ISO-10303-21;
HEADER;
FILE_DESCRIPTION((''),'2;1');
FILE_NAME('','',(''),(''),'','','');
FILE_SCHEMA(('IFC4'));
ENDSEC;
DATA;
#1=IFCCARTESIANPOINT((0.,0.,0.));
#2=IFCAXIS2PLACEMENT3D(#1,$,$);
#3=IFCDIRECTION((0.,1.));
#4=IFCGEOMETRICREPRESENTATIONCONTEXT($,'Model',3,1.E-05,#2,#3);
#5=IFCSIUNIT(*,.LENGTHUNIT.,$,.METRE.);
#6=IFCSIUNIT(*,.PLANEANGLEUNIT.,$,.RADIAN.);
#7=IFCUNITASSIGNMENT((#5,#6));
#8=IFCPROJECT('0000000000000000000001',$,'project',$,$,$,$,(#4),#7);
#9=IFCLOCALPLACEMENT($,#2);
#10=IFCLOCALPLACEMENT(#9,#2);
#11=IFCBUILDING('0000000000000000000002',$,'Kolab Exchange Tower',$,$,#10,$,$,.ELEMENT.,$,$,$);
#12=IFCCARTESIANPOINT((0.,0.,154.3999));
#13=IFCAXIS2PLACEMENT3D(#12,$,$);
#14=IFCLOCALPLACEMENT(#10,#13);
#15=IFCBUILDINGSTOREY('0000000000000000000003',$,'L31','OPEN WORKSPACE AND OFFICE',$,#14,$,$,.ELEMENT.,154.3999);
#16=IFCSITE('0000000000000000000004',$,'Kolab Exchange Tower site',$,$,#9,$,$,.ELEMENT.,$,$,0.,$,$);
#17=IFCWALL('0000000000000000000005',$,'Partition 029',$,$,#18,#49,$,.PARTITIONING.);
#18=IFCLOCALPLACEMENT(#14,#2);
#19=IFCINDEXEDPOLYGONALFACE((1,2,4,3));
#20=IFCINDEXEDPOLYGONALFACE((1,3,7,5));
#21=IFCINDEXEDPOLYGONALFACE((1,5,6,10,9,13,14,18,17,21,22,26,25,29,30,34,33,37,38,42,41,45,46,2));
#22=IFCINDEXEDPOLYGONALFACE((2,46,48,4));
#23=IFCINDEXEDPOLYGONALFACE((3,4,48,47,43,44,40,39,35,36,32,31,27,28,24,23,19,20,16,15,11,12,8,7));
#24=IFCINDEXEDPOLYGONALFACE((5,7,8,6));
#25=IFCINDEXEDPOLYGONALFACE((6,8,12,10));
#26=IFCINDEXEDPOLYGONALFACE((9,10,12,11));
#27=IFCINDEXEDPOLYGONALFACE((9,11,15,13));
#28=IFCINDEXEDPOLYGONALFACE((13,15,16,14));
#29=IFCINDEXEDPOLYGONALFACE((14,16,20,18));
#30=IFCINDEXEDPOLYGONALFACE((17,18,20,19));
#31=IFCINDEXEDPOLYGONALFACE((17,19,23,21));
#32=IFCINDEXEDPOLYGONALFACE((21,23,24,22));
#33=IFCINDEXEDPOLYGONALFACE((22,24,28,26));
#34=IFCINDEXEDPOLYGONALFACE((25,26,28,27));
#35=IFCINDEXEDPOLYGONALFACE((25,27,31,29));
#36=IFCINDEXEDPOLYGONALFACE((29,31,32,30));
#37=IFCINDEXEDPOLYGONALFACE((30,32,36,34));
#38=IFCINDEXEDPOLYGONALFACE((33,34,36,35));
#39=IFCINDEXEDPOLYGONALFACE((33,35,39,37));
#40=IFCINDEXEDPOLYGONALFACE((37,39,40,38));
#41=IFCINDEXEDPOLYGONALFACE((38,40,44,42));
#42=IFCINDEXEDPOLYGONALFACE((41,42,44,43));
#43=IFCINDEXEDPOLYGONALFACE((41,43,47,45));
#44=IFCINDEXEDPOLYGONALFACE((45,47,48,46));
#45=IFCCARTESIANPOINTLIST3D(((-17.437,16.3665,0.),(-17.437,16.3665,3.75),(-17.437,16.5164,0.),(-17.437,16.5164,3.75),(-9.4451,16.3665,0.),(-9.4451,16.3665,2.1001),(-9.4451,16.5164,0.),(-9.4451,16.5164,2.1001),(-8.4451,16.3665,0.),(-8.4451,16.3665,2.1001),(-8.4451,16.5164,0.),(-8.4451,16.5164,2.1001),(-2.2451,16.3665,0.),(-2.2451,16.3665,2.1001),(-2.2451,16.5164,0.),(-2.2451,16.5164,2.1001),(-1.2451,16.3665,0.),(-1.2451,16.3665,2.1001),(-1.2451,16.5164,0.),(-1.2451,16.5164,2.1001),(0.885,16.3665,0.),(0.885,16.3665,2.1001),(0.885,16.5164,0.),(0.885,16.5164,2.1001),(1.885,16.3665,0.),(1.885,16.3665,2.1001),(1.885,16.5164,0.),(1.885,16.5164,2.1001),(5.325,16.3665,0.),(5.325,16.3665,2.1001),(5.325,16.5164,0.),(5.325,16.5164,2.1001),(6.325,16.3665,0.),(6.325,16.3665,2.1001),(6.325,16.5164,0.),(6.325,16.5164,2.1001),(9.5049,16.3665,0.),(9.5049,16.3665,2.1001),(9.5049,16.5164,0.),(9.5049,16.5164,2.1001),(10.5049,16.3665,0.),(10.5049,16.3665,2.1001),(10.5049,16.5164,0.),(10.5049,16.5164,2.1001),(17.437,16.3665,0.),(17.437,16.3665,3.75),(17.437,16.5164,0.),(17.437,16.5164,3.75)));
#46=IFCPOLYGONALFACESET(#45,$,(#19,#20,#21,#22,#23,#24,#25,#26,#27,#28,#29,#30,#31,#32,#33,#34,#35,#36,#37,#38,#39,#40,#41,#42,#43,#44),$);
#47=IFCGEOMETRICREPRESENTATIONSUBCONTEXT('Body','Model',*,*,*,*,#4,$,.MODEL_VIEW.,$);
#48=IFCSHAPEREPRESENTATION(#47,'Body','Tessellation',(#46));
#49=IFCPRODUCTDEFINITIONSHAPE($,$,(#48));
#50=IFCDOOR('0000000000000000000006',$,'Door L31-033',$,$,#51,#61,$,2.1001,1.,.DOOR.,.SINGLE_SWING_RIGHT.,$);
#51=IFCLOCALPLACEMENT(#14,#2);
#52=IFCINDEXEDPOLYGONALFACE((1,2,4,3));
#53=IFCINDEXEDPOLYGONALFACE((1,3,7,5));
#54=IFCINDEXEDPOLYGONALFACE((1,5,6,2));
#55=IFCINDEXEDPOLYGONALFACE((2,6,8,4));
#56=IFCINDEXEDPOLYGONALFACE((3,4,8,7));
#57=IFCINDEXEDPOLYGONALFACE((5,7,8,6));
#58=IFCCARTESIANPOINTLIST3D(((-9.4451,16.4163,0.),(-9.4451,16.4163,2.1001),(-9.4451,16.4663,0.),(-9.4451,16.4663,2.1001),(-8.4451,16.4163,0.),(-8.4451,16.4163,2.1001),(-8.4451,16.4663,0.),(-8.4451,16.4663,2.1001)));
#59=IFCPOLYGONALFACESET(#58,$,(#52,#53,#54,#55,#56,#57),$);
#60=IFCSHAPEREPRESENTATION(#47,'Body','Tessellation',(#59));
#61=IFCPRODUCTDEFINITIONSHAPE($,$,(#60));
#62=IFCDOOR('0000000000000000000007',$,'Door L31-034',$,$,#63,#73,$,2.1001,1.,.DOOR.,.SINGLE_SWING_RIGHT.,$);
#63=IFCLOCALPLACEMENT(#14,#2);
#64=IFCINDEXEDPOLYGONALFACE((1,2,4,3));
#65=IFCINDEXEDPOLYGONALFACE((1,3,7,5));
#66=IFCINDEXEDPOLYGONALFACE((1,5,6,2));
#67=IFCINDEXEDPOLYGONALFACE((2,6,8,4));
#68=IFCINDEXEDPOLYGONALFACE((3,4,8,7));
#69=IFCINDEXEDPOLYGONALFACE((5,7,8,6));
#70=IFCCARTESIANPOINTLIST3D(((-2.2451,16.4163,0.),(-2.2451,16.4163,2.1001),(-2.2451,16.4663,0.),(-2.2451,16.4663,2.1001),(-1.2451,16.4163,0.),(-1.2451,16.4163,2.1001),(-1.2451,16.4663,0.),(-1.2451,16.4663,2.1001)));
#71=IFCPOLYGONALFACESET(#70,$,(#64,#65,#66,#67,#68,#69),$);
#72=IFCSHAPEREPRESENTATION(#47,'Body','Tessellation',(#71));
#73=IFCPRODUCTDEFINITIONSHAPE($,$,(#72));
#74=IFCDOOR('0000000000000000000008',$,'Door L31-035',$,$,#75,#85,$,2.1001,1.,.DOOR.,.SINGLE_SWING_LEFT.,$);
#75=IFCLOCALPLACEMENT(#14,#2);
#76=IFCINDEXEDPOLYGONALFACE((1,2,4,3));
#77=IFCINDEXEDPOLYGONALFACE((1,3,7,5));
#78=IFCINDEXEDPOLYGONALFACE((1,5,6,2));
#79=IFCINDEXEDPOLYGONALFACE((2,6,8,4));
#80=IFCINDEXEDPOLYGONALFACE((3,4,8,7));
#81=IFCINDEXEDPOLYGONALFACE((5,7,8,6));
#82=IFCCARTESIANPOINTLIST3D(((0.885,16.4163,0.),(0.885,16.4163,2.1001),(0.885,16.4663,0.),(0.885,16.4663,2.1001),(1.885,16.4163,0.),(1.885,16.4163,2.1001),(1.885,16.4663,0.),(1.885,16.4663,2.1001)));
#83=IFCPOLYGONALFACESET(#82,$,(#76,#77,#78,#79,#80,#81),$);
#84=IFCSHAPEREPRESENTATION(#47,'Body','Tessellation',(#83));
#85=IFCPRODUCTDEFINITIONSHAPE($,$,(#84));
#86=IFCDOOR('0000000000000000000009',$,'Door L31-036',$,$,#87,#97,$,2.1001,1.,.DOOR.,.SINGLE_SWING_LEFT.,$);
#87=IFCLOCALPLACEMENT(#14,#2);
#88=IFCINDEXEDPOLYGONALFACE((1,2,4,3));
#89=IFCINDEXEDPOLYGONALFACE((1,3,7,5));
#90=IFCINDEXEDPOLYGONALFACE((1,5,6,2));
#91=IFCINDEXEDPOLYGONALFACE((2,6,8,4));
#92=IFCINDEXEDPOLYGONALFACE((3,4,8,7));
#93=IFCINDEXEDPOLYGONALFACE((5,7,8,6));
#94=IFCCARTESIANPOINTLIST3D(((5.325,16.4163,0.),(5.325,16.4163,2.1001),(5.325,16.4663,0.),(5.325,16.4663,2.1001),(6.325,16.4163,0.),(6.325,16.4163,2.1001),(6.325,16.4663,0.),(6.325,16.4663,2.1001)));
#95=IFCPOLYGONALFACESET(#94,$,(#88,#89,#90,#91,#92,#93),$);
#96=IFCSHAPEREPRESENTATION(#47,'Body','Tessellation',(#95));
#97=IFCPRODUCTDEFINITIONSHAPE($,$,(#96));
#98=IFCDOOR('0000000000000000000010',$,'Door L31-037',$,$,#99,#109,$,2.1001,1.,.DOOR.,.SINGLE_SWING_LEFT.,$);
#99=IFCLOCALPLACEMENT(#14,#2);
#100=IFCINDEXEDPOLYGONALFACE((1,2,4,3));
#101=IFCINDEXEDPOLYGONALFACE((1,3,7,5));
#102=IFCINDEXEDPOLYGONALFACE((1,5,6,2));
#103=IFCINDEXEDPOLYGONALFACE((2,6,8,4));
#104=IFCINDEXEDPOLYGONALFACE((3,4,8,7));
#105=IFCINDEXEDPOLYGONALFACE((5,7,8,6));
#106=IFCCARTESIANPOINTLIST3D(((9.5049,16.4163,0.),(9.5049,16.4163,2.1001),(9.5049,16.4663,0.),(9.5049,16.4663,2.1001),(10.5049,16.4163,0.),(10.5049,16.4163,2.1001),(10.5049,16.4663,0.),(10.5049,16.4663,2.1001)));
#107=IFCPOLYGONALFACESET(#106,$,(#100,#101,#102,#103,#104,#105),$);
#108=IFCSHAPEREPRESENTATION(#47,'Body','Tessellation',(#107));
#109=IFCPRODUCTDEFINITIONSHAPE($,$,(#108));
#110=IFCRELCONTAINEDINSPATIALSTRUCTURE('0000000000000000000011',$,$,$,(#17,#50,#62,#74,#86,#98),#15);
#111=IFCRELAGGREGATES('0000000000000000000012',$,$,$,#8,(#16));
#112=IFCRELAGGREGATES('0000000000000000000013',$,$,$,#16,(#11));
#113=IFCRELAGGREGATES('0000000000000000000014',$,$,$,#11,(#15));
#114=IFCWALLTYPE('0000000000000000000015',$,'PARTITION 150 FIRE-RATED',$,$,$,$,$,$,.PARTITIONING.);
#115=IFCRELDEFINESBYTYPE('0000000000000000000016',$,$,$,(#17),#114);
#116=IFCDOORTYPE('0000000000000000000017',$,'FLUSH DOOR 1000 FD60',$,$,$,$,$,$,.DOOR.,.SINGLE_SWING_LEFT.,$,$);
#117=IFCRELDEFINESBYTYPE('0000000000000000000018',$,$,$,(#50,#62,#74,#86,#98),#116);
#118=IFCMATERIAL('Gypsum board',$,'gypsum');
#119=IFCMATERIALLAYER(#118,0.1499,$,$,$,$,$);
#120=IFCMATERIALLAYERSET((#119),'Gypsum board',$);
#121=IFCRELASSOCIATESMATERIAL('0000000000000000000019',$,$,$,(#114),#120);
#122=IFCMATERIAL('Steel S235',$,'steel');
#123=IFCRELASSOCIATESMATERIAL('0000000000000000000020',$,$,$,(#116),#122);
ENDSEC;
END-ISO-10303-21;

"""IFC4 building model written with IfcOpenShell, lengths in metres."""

from ifc_helpers import new_model, si_unit, direction, frame, frame_2d, origin, place, context, subcontext, project, spatial, rectangle, extrude, material, layer, layer_set, type_object, element, fill, save


model = new_model("IFC4")

# Units and contexts
model_context = context("Model", 3, precision=1e-05, world=origin(), true_north=direction((0.0, 1.0)))
body_context = subcontext(model_context, "Body", "Model", "MODEL_VIEW")
ifc_project = project(units=[si_unit("LENGTHUNIT", "METRE"), si_unit("PLANEANGLEUNIT", "RADIAN")], contexts=[model_context])

# Site, building, storey
site_placement = place(None, origin())
site = spatial("IfcSite", under=ifc_project, at=site_placement, Name="Kolab Exchange Tower site", CompositionType="ELEMENT", RefElevation=0.0)
building_placement = place(site_placement, origin())
building = spatial("IfcBuilding", under=site, at=building_placement, Name="Kolab Exchange Tower", CompositionType="ELEMENT")
storey_placement = place(building_placement, frame((0.0, 0.0, 154.3999)))
storey = spatial("IfcBuildingStorey", under=building, at=storey_placement, Name="L31", Description="OPEN WORKSPACE AND OFFICE", CompositionType="ELEMENT", Elevation=154.3999)

# Wall, openings, doors
ifc_material_1 = material(Name="Gypsum board", Category="gypsum")
ifc_layer_1 = layer(ifc_material_1, 0.1499)
ifc_layer_set_1 = layer_set([ifc_layer_1], Name="Gypsum board")
wall_type = type_object("IfcWallType", Name="PARTITION 150 FIRE-RATED", PredefinedType="PARTITIONING", material=ifc_layer_set_1)
wall_placement = place(storey_placement, frame((-17.437, 16.4414, 0.0), z_axis=(0.0, 0.0, 1.0), x_axis=(1.0, 0.0, 0.0)))
wall = element("IfcWall", 1, at=wall_placement, inside=storey, type_object=wall_type, Name="Partition 029", PredefinedType="PARTITIONING", context=body_context, shape_type="SweptSolid", body=[
    extrude(rectangle(XDim=34.874, YDim=0.1499, at=frame_2d((17.437, 0.0))), origin(), (0.0, 0.0, 1.0), 3.75),
])
opening_1_placement = place(wall_placement, frame((7.9919, 0.0, 0.0)))
opening_1 = element("IfcOpeningElement", 2, at=opening_1_placement, cuts=wall, PredefinedType="OPENING", context=body_context, shape_type="SweptSolid", body=[
    extrude(rectangle(XDim=1.0, YDim=2.1001, at=frame_2d((0.5, 1.05))), frame((0.0, 0.085, 0.0), z_axis=(0.0, -1.0, 0.0), x_axis=(1.0, 0.0, 0.0)), (0.0, 0.0, 1.0), 0.1699),
])
opening_2_placement = place(wall_placement, frame((15.1919, 0.0, 0.0)))
opening_2 = element("IfcOpeningElement", 3, at=opening_2_placement, cuts=wall, PredefinedType="OPENING", context=body_context, shape_type="SweptSolid", body=[
    extrude(rectangle(XDim=1.0, YDim=2.1001, at=frame_2d((0.5, 1.05))), frame((0.0, 0.085, 0.0), z_axis=(0.0, -1.0, 0.0), x_axis=(1.0, 0.0, 0.0)), (0.0, 0.0, 1.0), 0.1699),
])
opening_3_placement = place(wall_placement, frame((18.322, 0.0, 0.0)))
opening_3 = element("IfcOpeningElement", 4, at=opening_3_placement, cuts=wall, PredefinedType="OPENING", context=body_context, shape_type="SweptSolid", body=[
    extrude(rectangle(XDim=1.0, YDim=2.1001, at=frame_2d((0.5, 1.05))), frame((0.0, 0.085, 0.0), z_axis=(0.0, -1.0, 0.0), x_axis=(1.0, 0.0, 0.0)), (0.0, 0.0, 1.0), 0.1699),
])
opening_4_placement = place(wall_placement, frame((22.762, 0.0, 0.0)))
opening_4 = element("IfcOpeningElement", 5, at=opening_4_placement, cuts=wall, PredefinedType="OPENING", context=body_context, shape_type="SweptSolid", body=[
    extrude(rectangle(XDim=1.0, YDim=2.1001, at=frame_2d((0.5, 1.05))), frame((0.0, 0.085, 0.0), z_axis=(0.0, -1.0, 0.0), x_axis=(1.0, 0.0, 0.0)), (0.0, 0.0, 1.0), 0.1699),
])
opening_5_placement = place(wall_placement, frame((26.9419, 0.0, 0.0)))
opening_5 = element("IfcOpeningElement", 6, at=opening_5_placement, cuts=wall, PredefinedType="OPENING", context=body_context, shape_type="SweptSolid", body=[
    extrude(rectangle(XDim=1.0, YDim=2.1001, at=frame_2d((0.5, 1.05))), frame((0.0, 0.085, 0.0), z_axis=(0.0, -1.0, 0.0), x_axis=(1.0, 0.0, 0.0)), (0.0, 0.0, 1.0), 0.1699),
])
ifc_material_2 = material(Name="Steel S235", Category="steel")
door_type = type_object("IfcDoorType", Name="FLUSH DOOR 1000 FD60", OperationType="SINGLE_SWING_LEFT", PredefinedType="DOOR", material=ifc_material_2)
door_1_placement = place(opening_1_placement, origin())
door_1 = element("IfcDoor", 7, at=door_1_placement, inside=storey, type_object=door_type, Name="Door L31-033", OperationType="SINGLE_SWING_RIGHT", OverallHeight=2.1001, OverallWidth=1.0, PredefinedType="DOOR", context=body_context, shape_type="SweptSolid", body=[
    extrude(rectangle(XDim=1.0, YDim=2.1001, at=frame_2d((0.5, 1.05))), frame((0.0, 0.0249, 0.0), z_axis=(0.0, -1.0, 0.0), x_axis=(1.0, 0.0, 0.0)), (0.0, 0.0, 1.0), 0.05),
])
fill(opening_1, door_1)
door_2_placement = place(opening_2_placement, origin())
door_2 = element("IfcDoor", 8, at=door_2_placement, inside=storey, type_object=door_type, Name="Door L31-034", OperationType="SINGLE_SWING_RIGHT", OverallHeight=2.1001, OverallWidth=1.0, PredefinedType="DOOR", context=body_context, shape_type="SweptSolid", body=[
    extrude(rectangle(XDim=1.0, YDim=2.1001, at=frame_2d((0.5, 1.05))), frame((0.0, 0.0249, 0.0), z_axis=(0.0, -1.0, 0.0), x_axis=(1.0, 0.0, 0.0)), (0.0, 0.0, 1.0), 0.05),
])
fill(opening_2, door_2)
door_3_placement = place(opening_3_placement, origin())
door_3 = element("IfcDoor", 9, at=door_3_placement, inside=storey, type_object=door_type, Name="Door L31-035", OperationType="SINGLE_SWING_LEFT", OverallHeight=2.1001, OverallWidth=1.0, PredefinedType="DOOR", context=body_context, shape_type="SweptSolid", body=[
    extrude(rectangle(XDim=1.0, YDim=2.1001, at=frame_2d((0.5, 1.05))), frame((0.0, 0.0249, 0.0), z_axis=(0.0, -1.0, 0.0), x_axis=(1.0, 0.0, 0.0)), (0.0, 0.0, 1.0), 0.05),
])
fill(opening_3, door_3)
door_4_placement = place(opening_4_placement, origin())
door_4 = element("IfcDoor", 10, at=door_4_placement, inside=storey, type_object=door_type, Name="Door L31-036", OperationType="SINGLE_SWING_LEFT", OverallHeight=2.1001, OverallWidth=1.0, PredefinedType="DOOR", context=body_context, shape_type="SweptSolid", body=[
    extrude(rectangle(XDim=1.0, YDim=2.1001, at=frame_2d((0.5, 1.05))), frame((0.0, 0.0249, 0.0), z_axis=(0.0, -1.0, 0.0), x_axis=(1.0, 0.0, 0.0)), (0.0, 0.0, 1.0), 0.05),
])
fill(opening_4, door_4)
door_5_placement = place(opening_5_placement, origin())
door_5 = element("IfcDoor", 11, at=door_5_placement, inside=storey, type_object=door_type, Name="Door L31-037", OperationType="SINGLE_SWING_LEFT", OverallHeight=2.1001, OverallWidth=1.0, PredefinedType="DOOR", context=body_context, shape_type="SweptSolid", body=[
    extrude(rectangle(XDim=1.0, YDim=2.1001, at=frame_2d((0.5, 1.05))), frame((0.0, 0.0249, 0.0), z_axis=(0.0, -1.0, 0.0), x_axis=(1.0, 0.0, 0.0)), (0.0, 0.0, 1.0), 0.05),
])
fill(opening_5, door_5)

save(model, "model.ifc")
